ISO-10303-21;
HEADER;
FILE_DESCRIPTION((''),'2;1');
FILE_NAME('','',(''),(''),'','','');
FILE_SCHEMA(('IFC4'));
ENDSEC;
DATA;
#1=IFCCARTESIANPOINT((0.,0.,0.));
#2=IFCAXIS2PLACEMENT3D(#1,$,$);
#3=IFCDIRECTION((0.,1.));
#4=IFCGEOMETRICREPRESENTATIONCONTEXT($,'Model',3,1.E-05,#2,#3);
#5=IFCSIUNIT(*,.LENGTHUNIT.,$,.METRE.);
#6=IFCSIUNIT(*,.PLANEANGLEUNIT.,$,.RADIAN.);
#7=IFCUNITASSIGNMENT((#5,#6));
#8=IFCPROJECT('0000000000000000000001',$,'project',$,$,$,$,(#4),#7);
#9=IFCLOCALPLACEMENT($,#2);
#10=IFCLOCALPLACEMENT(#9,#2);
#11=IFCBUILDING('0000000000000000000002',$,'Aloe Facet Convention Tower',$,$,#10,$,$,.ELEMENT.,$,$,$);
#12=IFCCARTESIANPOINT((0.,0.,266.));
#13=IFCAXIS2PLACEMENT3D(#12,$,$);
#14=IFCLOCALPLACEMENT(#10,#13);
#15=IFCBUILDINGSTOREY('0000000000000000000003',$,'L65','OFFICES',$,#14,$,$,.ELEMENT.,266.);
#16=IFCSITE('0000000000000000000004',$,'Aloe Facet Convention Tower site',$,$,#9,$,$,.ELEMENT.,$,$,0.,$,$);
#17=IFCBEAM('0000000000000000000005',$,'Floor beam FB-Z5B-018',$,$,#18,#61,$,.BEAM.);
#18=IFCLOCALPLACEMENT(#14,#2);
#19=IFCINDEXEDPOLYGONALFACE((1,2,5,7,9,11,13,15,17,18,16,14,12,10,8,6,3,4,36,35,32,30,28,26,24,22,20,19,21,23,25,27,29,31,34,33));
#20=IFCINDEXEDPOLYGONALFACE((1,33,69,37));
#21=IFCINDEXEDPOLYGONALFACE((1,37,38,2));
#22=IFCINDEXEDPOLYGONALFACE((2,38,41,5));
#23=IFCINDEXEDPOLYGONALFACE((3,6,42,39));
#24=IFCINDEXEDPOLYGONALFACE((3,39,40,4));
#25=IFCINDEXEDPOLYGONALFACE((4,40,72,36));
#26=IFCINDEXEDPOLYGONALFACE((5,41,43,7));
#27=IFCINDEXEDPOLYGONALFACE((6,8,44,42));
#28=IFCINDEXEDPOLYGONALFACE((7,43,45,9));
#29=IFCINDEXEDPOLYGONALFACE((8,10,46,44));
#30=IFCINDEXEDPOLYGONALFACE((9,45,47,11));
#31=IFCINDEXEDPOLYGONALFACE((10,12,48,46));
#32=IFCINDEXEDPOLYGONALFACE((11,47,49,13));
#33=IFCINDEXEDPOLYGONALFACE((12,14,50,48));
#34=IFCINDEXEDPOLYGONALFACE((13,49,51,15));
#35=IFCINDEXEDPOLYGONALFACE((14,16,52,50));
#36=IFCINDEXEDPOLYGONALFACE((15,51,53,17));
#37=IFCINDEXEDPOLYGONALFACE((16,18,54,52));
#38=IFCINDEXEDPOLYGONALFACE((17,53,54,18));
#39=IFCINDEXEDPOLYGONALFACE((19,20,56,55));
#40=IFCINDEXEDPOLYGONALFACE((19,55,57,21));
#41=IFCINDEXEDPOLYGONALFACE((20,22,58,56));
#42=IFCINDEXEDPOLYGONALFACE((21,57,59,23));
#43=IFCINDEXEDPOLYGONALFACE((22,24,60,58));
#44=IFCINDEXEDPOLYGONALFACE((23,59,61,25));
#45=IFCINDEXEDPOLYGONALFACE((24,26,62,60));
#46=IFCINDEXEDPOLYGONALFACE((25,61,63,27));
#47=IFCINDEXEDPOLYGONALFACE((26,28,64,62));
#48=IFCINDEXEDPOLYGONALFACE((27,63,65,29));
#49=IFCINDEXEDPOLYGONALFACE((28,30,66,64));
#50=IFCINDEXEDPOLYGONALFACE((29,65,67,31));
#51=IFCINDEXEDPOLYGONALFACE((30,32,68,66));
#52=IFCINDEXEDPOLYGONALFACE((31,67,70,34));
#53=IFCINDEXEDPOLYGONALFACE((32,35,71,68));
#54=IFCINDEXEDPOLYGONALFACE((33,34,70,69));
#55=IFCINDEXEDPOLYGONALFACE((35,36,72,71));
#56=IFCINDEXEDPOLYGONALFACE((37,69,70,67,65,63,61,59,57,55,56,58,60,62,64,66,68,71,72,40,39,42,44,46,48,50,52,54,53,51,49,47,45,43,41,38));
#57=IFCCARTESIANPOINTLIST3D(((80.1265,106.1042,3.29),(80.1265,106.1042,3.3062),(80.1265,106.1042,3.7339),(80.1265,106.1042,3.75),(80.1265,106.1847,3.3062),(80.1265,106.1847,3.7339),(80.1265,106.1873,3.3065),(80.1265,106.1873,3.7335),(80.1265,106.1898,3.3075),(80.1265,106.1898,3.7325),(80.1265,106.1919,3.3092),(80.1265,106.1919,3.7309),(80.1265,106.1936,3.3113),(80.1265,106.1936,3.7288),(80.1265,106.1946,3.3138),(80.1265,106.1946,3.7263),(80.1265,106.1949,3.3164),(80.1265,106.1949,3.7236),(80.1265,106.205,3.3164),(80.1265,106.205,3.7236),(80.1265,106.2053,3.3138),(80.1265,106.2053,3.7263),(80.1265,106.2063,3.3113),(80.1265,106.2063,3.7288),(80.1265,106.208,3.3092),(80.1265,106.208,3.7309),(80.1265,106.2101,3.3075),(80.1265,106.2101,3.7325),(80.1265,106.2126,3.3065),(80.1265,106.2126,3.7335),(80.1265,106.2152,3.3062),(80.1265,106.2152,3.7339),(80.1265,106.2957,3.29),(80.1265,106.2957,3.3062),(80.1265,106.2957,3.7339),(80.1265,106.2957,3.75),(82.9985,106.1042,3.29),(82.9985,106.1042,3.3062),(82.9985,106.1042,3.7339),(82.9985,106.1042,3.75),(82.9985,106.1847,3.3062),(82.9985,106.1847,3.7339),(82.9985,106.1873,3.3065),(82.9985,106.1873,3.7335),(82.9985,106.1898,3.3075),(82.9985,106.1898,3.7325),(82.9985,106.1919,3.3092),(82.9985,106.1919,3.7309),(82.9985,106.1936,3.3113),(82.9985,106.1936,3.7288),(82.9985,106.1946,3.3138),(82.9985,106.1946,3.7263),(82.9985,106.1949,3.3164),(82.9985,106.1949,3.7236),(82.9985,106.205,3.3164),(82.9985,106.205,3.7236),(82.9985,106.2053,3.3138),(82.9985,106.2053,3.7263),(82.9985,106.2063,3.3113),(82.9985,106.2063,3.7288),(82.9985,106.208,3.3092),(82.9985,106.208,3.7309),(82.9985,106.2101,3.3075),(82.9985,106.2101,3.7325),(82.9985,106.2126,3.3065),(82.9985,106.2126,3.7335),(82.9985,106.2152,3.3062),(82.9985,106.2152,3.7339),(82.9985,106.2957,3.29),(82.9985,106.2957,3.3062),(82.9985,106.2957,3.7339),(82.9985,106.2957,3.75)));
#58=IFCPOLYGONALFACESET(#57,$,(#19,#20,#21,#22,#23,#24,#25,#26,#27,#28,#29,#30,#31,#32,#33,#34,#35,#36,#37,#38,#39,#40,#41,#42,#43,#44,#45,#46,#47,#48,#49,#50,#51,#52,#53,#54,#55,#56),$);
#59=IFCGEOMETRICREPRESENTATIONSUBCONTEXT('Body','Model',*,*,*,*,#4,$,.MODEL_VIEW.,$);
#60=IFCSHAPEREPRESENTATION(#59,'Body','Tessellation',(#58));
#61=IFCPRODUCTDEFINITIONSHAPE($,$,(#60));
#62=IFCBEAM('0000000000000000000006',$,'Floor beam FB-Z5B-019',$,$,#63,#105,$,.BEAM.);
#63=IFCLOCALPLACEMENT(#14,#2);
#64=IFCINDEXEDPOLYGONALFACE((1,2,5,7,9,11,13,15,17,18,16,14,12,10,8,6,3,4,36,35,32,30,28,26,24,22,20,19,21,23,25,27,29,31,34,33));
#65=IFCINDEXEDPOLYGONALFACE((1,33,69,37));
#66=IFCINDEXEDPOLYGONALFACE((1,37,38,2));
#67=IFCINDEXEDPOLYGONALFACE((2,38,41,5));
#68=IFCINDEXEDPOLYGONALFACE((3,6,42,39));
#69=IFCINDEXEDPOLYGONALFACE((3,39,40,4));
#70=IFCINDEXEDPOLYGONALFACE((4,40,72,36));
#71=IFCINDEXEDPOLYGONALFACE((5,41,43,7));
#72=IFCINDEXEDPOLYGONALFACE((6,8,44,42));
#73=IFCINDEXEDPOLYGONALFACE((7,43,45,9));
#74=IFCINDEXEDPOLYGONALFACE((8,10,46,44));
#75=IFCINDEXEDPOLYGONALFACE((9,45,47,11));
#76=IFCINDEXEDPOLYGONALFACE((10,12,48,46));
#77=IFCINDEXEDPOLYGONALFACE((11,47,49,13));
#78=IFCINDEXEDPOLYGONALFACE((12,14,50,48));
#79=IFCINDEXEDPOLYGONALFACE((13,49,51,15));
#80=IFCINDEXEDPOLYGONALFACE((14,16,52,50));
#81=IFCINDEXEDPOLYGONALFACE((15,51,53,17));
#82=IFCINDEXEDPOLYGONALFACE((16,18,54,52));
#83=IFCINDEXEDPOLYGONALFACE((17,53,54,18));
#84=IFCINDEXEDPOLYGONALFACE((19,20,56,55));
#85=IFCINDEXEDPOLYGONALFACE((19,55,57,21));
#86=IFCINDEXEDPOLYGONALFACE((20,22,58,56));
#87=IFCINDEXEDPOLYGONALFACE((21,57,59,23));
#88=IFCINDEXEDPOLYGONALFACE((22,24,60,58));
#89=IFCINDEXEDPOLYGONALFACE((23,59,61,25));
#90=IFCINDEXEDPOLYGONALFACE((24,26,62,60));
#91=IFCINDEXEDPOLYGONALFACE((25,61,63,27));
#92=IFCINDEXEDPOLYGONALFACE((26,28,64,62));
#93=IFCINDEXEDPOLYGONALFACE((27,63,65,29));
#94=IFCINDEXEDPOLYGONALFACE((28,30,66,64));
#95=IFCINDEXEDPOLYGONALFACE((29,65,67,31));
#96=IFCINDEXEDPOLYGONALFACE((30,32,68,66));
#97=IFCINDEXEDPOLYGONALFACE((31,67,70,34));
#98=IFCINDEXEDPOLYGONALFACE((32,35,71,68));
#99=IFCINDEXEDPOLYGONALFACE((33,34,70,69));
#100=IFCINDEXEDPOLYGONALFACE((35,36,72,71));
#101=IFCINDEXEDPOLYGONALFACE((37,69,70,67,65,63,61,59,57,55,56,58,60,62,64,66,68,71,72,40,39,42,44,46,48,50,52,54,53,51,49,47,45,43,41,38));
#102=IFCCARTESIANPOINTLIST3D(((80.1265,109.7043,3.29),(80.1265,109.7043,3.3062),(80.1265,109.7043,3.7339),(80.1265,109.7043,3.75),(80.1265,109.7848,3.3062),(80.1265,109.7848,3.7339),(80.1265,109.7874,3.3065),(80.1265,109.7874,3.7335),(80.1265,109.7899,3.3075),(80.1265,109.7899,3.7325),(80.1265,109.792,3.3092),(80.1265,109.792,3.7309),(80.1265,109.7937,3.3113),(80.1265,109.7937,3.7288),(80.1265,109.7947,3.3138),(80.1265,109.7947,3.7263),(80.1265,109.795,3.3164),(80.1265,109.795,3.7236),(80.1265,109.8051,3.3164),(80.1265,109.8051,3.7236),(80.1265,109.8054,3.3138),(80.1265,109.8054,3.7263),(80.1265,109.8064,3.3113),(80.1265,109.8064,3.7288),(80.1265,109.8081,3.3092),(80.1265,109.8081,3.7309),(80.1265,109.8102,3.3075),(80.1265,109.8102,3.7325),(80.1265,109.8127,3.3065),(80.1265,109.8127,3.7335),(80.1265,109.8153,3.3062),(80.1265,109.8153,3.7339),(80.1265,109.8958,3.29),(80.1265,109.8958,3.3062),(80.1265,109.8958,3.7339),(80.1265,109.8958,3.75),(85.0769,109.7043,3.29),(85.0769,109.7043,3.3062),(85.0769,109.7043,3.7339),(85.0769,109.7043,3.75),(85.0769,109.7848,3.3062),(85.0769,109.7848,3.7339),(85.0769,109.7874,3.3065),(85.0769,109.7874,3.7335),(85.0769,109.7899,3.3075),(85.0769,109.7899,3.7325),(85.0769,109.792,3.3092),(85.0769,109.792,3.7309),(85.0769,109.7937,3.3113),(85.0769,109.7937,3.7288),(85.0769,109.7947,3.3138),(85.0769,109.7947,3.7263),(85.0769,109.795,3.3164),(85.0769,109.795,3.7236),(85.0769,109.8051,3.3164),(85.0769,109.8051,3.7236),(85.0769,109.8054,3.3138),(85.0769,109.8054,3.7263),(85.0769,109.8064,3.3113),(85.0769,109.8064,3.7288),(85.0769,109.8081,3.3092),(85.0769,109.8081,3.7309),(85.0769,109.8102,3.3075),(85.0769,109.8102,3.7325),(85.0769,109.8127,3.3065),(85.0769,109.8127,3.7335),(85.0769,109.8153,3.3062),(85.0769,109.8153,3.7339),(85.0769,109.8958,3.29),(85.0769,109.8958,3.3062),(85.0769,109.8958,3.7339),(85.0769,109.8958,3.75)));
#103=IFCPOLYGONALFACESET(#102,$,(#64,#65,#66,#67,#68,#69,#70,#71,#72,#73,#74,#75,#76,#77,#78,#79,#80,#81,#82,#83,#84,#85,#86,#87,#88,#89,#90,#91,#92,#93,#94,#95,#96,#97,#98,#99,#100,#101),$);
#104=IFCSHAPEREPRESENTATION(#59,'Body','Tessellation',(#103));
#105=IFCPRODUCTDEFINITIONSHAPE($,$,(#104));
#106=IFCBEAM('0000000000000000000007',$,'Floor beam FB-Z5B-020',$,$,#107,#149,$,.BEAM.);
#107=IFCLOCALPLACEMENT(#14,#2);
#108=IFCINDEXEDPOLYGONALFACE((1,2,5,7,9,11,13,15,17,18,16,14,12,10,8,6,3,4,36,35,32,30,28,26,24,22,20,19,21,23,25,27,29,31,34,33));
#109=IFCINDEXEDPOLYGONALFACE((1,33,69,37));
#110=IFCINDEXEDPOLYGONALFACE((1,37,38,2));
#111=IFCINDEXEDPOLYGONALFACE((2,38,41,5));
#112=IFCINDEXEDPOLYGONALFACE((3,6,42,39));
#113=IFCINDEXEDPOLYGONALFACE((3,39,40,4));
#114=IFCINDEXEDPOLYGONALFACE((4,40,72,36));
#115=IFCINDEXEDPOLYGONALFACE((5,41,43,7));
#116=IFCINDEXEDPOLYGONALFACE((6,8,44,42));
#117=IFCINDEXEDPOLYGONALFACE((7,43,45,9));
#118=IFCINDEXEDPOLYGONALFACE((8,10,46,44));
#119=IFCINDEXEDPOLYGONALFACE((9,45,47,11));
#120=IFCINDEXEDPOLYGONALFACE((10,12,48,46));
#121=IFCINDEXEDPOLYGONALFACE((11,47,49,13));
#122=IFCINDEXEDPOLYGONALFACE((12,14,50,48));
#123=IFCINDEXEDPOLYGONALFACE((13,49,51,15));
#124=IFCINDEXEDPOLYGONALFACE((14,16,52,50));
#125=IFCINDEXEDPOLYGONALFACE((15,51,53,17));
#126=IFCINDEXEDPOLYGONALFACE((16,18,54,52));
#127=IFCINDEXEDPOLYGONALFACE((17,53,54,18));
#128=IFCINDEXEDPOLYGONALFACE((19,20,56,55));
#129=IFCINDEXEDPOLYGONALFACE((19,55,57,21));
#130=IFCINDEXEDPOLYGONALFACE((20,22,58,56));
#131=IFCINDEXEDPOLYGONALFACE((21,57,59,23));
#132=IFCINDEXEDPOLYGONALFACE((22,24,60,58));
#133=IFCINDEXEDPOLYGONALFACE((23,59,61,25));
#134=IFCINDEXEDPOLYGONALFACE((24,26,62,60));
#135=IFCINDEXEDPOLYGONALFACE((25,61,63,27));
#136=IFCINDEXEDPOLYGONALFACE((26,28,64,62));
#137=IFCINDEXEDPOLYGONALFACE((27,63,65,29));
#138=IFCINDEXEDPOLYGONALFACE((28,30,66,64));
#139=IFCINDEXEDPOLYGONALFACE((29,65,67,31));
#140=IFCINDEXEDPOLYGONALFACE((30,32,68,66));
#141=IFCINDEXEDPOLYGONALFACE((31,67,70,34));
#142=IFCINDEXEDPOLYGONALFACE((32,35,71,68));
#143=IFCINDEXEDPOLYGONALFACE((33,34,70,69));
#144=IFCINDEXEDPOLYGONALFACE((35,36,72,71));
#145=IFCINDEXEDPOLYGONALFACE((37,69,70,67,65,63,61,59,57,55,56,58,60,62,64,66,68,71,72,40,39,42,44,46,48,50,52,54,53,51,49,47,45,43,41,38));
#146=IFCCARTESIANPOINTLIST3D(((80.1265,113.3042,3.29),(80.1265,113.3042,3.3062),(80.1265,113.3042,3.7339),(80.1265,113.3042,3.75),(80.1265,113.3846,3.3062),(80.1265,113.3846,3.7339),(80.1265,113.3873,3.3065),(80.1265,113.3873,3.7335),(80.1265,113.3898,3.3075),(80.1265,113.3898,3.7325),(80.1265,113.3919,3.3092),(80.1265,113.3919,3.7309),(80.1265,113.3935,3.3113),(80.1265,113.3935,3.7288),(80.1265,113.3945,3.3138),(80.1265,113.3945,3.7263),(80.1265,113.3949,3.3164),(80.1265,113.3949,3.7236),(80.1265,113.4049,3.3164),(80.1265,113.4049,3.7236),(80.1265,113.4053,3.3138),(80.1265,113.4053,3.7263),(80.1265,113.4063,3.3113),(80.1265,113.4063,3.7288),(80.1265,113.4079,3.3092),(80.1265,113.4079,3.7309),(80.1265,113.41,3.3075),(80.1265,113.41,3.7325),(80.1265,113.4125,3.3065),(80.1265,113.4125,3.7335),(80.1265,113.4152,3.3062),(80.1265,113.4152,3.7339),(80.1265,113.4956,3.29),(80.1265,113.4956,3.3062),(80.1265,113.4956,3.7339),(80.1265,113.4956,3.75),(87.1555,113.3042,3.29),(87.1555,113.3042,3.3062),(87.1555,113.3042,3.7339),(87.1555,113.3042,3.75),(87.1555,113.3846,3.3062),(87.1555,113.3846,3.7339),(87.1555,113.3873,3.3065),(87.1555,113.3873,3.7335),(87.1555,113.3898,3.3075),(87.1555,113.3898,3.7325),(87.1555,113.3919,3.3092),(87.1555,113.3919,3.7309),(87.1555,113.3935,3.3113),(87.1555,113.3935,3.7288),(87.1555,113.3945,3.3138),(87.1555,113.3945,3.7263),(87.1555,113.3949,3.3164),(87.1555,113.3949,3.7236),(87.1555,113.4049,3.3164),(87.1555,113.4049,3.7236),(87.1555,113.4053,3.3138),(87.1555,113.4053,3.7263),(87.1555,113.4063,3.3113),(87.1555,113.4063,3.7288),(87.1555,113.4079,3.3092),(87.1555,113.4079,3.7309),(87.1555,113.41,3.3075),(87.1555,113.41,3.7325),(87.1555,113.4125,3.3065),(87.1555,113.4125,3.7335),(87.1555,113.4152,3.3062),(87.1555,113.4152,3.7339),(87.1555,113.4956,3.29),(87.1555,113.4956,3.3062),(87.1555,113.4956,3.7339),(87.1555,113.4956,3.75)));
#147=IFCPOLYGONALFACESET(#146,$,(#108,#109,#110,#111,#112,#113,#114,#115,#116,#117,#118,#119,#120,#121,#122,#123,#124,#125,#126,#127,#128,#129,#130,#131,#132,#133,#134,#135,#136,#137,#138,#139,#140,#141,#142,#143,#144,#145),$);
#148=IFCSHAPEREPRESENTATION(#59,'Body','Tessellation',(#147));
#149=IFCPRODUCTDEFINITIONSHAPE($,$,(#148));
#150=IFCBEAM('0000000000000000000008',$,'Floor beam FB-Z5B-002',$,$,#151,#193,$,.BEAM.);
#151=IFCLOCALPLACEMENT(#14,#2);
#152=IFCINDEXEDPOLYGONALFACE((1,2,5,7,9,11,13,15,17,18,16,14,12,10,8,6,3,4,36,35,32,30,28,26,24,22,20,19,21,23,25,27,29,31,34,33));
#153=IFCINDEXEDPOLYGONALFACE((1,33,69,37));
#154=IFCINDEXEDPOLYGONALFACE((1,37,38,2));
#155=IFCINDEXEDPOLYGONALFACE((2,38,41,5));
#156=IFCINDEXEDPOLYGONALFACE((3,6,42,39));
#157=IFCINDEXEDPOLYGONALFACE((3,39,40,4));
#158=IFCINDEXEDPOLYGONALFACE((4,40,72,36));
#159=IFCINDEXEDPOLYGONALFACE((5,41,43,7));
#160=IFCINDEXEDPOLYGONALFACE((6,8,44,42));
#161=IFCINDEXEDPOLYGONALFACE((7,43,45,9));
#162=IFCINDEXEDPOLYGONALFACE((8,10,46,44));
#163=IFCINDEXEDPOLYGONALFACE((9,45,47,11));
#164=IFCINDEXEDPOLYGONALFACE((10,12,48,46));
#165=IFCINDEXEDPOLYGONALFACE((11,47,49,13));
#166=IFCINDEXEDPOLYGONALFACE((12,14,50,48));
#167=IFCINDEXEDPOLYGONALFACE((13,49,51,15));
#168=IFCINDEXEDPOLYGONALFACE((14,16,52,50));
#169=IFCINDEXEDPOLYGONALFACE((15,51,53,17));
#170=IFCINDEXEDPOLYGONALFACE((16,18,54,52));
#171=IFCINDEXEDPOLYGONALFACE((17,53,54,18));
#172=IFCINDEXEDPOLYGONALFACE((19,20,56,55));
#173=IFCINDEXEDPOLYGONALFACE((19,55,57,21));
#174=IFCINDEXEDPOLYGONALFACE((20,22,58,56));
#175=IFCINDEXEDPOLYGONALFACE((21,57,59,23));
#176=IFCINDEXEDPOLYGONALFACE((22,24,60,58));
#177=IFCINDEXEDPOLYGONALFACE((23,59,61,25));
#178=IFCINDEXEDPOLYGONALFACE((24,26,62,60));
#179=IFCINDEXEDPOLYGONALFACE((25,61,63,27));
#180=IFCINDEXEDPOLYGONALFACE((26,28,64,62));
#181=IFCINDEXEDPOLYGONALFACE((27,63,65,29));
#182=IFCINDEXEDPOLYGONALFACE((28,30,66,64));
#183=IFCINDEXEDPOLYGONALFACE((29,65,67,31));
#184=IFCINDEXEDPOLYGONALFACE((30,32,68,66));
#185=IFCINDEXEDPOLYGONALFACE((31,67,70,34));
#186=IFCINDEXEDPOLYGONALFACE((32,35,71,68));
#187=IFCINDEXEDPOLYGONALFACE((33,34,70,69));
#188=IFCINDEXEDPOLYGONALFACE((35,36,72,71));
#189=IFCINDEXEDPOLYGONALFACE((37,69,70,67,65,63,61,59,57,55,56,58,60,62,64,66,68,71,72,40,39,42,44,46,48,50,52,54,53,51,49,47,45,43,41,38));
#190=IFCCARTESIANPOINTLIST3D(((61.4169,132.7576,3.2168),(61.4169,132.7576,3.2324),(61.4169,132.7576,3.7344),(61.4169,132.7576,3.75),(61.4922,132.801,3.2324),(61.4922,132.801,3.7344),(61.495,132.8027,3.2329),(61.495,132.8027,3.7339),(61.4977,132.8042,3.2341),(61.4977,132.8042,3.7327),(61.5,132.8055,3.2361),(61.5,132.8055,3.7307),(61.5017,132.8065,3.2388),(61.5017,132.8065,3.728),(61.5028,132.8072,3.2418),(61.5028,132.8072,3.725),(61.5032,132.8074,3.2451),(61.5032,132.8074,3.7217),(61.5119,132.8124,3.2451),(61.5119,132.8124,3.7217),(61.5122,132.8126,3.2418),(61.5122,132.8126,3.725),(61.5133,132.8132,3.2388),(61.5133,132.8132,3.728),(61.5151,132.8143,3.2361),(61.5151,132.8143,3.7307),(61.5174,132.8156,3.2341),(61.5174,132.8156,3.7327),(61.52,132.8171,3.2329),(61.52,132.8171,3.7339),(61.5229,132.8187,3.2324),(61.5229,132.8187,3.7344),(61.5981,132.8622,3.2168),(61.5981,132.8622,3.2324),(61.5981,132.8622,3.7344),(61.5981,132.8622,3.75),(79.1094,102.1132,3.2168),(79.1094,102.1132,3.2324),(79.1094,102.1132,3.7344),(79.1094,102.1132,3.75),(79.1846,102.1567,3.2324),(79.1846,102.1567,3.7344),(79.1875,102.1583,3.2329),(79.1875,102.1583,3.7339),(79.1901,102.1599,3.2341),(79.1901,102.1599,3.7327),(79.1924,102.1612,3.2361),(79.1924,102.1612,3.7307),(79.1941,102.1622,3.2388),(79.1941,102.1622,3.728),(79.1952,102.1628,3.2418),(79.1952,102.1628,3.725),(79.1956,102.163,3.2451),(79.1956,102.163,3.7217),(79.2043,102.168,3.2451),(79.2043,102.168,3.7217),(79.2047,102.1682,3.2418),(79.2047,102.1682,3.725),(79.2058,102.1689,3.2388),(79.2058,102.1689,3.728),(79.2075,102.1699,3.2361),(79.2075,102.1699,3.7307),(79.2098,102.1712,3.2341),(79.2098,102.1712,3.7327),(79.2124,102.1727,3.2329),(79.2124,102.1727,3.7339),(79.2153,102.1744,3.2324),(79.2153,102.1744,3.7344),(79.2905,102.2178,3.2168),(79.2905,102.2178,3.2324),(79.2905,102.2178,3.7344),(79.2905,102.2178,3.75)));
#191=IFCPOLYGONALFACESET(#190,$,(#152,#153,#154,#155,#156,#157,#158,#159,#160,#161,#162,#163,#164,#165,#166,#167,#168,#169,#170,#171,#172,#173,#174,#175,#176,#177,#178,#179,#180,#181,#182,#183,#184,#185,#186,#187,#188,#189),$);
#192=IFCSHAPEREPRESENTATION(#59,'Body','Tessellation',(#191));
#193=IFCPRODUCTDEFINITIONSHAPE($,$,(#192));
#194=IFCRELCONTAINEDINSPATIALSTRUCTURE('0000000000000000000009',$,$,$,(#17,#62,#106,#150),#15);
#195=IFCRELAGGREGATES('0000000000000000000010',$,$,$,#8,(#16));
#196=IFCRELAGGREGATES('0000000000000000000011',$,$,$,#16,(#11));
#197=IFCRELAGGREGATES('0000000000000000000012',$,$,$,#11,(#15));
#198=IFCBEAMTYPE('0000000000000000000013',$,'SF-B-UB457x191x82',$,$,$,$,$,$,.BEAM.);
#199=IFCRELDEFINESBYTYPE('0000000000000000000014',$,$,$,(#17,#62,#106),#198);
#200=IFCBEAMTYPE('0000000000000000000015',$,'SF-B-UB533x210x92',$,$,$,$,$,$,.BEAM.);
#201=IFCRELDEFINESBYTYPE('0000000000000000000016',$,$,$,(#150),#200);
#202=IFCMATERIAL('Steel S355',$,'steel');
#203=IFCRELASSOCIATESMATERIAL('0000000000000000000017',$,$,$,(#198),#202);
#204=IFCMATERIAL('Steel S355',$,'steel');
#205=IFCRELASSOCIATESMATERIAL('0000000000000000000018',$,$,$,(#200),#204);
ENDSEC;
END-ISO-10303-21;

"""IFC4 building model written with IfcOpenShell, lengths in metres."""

from ifc_helpers import new_model, si_unit, direction, frame, origin, origin_2d, place, context, subcontext, project, spatial, i_section, extrude, material, material_profile, profile_set, type_object, element, save


model = new_model("IFC4")

# Units and contexts
model_context = context("Model", 3, precision=1e-05, world=origin(), true_north=direction((0.0, 1.0)))
body_context = subcontext(model_context, "Body", "Model", "MODEL_VIEW")
ifc_project = project(units=[si_unit("LENGTHUNIT", "METRE"), si_unit("PLANEANGLEUNIT", "RADIAN")], contexts=[model_context])

# Site, building, storey
site_placement = place(None, origin())
site = spatial("IfcSite", under=ifc_project, at=site_placement, Name="Aloe Facet Convention Tower site", CompositionType="ELEMENT", RefElevation=0.0)
building_placement = place(site_placement, origin())
building = spatial("IfcBuilding", under=site, at=building_placement, Name="Aloe Facet Convention Tower", CompositionType="ELEMENT")
storey_placement = place(building_placement, frame((0.0, 0.0, 266.0)))
storey = spatial("IfcBuildingStorey", under=building, at=storey_placement, Name="L65", Description="OFFICES", CompositionType="ELEMENT", Elevation=266.0)

# Beams
ifc_material_1 = material(Name="Steel S355", Category="steel")
ifc_material_profile_1 = material_profile(ifc_material_1, i_section(OverallWidth=0.1914, OverallDepth=0.46, WebThickness=0.01, FlangeThickness=0.0161, FilletRadius=0.0103, at=origin_2d()), Name="UB 457x191x82")
ifc_profile_set_1 = profile_set([ifc_material_profile_1], Name="Steel S355")
beam_type_1 = type_object("IfcBeamType", Name="SF-B-UB457x191x82", PredefinedType="BEAM", material=ifc_profile_set_1)
for number, where, z_axis, x_axis, name in (
    (1, (80.1265, 106.2, 3.52), (1.0, 0.0, 0.0), (0.0, 1.0, 0.0), "Floor beam FB-Z5B-018"),
):
    element("IfcBeam", number, at=place(storey_placement, frame(where, z_axis=z_axis, x_axis=x_axis)), inside=storey, type_object=beam_type_1, Name=name, PredefinedType="BEAM", context=body_context, shape_type="SweptSolid", body=[
        extrude(i_section(OverallWidth=0.1914, OverallDepth=0.46, WebThickness=0.01, FlangeThickness=0.0161, FilletRadius=0.0103, at=origin_2d()), origin(), (0.0, 0.0, 1.0), 2.8721),
    ])
beam_1_placement = place(storey_placement, frame((80.1265, 109.8, 3.52), z_axis=(1.0, 0.0, 0.0), x_axis=(0.0, 1.0, 0.0)))
element("IfcBeam", 2, at=beam_1_placement, inside=storey, type_object=beam_type_1, Name="Floor beam FB-Z5B-019", PredefinedType="BEAM", context=body_context, shape_type="SweptSolid", body=[
    extrude(i_section(OverallWidth=0.1914, OverallDepth=0.46, WebThickness=0.01, FlangeThickness=0.0161, FilletRadius=0.0103, at=origin_2d()), origin(), (0.0, 0.0, 1.0), 4.9504),
])
beam_2_placement = place(storey_placement, frame((80.1265, 113.3999, 3.52), z_axis=(1.0, 0.0, 0.0), x_axis=(0.0, 1.0, 0.0)))
element("IfcBeam", 3, at=beam_2_placement, inside=storey, type_object=beam_type_1, Name="Floor beam FB-Z5B-020", PredefinedType="BEAM", context=body_context, shape_type="SweptSolid", body=[
    extrude(i_section(OverallWidth=0.1914, OverallDepth=0.46, WebThickness=0.01, FlangeThickness=0.0161, FilletRadius=0.0103, at=origin_2d()), origin(), (0.0, 0.0, 1.0), 7.0291),
])
ifc_material_2 = material(Name="Steel S355", Category="steel")
ifc_material_profile_2 = material_profile(ifc_material_2, i_section(OverallWidth=0.2092, OverallDepth=0.5332, WebThickness=0.01, FlangeThickness=0.0156, FilletRadius=0.0127, at=origin_2d()), Name="UB 533x210x92")
ifc_profile_set_2 = profile_set([ifc_material_profile_2], Name="Steel S355")
beam_type_2 = type_object("IfcBeamType", Name="SF-B-UB533x210x92", PredefinedType="BEAM", material=ifc_profile_set_2)
beam_3_placement = place(storey_placement, frame((79.2, 102.1655, 3.4834), z_axis=(-0.499998, 0.866027, 0.0), x_axis=(-0.866027, -0.499998, 0.0)))
element("IfcBeam", 4, at=beam_3_placement, inside=storey, type_object=beam_type_2, Name="Floor beam FB-Z5B-002", PredefinedType="BEAM", context=body_context, shape_type="SweptSolid", body=[
    extrude(i_section(OverallWidth=0.2092, OverallDepth=0.5332, WebThickness=0.01, FlangeThickness=0.0156, FilletRadius=0.0127, at=origin_2d()), origin(), (0.0, 0.0, 1.0), 35.385),
])

save(model, "model.ifc")
